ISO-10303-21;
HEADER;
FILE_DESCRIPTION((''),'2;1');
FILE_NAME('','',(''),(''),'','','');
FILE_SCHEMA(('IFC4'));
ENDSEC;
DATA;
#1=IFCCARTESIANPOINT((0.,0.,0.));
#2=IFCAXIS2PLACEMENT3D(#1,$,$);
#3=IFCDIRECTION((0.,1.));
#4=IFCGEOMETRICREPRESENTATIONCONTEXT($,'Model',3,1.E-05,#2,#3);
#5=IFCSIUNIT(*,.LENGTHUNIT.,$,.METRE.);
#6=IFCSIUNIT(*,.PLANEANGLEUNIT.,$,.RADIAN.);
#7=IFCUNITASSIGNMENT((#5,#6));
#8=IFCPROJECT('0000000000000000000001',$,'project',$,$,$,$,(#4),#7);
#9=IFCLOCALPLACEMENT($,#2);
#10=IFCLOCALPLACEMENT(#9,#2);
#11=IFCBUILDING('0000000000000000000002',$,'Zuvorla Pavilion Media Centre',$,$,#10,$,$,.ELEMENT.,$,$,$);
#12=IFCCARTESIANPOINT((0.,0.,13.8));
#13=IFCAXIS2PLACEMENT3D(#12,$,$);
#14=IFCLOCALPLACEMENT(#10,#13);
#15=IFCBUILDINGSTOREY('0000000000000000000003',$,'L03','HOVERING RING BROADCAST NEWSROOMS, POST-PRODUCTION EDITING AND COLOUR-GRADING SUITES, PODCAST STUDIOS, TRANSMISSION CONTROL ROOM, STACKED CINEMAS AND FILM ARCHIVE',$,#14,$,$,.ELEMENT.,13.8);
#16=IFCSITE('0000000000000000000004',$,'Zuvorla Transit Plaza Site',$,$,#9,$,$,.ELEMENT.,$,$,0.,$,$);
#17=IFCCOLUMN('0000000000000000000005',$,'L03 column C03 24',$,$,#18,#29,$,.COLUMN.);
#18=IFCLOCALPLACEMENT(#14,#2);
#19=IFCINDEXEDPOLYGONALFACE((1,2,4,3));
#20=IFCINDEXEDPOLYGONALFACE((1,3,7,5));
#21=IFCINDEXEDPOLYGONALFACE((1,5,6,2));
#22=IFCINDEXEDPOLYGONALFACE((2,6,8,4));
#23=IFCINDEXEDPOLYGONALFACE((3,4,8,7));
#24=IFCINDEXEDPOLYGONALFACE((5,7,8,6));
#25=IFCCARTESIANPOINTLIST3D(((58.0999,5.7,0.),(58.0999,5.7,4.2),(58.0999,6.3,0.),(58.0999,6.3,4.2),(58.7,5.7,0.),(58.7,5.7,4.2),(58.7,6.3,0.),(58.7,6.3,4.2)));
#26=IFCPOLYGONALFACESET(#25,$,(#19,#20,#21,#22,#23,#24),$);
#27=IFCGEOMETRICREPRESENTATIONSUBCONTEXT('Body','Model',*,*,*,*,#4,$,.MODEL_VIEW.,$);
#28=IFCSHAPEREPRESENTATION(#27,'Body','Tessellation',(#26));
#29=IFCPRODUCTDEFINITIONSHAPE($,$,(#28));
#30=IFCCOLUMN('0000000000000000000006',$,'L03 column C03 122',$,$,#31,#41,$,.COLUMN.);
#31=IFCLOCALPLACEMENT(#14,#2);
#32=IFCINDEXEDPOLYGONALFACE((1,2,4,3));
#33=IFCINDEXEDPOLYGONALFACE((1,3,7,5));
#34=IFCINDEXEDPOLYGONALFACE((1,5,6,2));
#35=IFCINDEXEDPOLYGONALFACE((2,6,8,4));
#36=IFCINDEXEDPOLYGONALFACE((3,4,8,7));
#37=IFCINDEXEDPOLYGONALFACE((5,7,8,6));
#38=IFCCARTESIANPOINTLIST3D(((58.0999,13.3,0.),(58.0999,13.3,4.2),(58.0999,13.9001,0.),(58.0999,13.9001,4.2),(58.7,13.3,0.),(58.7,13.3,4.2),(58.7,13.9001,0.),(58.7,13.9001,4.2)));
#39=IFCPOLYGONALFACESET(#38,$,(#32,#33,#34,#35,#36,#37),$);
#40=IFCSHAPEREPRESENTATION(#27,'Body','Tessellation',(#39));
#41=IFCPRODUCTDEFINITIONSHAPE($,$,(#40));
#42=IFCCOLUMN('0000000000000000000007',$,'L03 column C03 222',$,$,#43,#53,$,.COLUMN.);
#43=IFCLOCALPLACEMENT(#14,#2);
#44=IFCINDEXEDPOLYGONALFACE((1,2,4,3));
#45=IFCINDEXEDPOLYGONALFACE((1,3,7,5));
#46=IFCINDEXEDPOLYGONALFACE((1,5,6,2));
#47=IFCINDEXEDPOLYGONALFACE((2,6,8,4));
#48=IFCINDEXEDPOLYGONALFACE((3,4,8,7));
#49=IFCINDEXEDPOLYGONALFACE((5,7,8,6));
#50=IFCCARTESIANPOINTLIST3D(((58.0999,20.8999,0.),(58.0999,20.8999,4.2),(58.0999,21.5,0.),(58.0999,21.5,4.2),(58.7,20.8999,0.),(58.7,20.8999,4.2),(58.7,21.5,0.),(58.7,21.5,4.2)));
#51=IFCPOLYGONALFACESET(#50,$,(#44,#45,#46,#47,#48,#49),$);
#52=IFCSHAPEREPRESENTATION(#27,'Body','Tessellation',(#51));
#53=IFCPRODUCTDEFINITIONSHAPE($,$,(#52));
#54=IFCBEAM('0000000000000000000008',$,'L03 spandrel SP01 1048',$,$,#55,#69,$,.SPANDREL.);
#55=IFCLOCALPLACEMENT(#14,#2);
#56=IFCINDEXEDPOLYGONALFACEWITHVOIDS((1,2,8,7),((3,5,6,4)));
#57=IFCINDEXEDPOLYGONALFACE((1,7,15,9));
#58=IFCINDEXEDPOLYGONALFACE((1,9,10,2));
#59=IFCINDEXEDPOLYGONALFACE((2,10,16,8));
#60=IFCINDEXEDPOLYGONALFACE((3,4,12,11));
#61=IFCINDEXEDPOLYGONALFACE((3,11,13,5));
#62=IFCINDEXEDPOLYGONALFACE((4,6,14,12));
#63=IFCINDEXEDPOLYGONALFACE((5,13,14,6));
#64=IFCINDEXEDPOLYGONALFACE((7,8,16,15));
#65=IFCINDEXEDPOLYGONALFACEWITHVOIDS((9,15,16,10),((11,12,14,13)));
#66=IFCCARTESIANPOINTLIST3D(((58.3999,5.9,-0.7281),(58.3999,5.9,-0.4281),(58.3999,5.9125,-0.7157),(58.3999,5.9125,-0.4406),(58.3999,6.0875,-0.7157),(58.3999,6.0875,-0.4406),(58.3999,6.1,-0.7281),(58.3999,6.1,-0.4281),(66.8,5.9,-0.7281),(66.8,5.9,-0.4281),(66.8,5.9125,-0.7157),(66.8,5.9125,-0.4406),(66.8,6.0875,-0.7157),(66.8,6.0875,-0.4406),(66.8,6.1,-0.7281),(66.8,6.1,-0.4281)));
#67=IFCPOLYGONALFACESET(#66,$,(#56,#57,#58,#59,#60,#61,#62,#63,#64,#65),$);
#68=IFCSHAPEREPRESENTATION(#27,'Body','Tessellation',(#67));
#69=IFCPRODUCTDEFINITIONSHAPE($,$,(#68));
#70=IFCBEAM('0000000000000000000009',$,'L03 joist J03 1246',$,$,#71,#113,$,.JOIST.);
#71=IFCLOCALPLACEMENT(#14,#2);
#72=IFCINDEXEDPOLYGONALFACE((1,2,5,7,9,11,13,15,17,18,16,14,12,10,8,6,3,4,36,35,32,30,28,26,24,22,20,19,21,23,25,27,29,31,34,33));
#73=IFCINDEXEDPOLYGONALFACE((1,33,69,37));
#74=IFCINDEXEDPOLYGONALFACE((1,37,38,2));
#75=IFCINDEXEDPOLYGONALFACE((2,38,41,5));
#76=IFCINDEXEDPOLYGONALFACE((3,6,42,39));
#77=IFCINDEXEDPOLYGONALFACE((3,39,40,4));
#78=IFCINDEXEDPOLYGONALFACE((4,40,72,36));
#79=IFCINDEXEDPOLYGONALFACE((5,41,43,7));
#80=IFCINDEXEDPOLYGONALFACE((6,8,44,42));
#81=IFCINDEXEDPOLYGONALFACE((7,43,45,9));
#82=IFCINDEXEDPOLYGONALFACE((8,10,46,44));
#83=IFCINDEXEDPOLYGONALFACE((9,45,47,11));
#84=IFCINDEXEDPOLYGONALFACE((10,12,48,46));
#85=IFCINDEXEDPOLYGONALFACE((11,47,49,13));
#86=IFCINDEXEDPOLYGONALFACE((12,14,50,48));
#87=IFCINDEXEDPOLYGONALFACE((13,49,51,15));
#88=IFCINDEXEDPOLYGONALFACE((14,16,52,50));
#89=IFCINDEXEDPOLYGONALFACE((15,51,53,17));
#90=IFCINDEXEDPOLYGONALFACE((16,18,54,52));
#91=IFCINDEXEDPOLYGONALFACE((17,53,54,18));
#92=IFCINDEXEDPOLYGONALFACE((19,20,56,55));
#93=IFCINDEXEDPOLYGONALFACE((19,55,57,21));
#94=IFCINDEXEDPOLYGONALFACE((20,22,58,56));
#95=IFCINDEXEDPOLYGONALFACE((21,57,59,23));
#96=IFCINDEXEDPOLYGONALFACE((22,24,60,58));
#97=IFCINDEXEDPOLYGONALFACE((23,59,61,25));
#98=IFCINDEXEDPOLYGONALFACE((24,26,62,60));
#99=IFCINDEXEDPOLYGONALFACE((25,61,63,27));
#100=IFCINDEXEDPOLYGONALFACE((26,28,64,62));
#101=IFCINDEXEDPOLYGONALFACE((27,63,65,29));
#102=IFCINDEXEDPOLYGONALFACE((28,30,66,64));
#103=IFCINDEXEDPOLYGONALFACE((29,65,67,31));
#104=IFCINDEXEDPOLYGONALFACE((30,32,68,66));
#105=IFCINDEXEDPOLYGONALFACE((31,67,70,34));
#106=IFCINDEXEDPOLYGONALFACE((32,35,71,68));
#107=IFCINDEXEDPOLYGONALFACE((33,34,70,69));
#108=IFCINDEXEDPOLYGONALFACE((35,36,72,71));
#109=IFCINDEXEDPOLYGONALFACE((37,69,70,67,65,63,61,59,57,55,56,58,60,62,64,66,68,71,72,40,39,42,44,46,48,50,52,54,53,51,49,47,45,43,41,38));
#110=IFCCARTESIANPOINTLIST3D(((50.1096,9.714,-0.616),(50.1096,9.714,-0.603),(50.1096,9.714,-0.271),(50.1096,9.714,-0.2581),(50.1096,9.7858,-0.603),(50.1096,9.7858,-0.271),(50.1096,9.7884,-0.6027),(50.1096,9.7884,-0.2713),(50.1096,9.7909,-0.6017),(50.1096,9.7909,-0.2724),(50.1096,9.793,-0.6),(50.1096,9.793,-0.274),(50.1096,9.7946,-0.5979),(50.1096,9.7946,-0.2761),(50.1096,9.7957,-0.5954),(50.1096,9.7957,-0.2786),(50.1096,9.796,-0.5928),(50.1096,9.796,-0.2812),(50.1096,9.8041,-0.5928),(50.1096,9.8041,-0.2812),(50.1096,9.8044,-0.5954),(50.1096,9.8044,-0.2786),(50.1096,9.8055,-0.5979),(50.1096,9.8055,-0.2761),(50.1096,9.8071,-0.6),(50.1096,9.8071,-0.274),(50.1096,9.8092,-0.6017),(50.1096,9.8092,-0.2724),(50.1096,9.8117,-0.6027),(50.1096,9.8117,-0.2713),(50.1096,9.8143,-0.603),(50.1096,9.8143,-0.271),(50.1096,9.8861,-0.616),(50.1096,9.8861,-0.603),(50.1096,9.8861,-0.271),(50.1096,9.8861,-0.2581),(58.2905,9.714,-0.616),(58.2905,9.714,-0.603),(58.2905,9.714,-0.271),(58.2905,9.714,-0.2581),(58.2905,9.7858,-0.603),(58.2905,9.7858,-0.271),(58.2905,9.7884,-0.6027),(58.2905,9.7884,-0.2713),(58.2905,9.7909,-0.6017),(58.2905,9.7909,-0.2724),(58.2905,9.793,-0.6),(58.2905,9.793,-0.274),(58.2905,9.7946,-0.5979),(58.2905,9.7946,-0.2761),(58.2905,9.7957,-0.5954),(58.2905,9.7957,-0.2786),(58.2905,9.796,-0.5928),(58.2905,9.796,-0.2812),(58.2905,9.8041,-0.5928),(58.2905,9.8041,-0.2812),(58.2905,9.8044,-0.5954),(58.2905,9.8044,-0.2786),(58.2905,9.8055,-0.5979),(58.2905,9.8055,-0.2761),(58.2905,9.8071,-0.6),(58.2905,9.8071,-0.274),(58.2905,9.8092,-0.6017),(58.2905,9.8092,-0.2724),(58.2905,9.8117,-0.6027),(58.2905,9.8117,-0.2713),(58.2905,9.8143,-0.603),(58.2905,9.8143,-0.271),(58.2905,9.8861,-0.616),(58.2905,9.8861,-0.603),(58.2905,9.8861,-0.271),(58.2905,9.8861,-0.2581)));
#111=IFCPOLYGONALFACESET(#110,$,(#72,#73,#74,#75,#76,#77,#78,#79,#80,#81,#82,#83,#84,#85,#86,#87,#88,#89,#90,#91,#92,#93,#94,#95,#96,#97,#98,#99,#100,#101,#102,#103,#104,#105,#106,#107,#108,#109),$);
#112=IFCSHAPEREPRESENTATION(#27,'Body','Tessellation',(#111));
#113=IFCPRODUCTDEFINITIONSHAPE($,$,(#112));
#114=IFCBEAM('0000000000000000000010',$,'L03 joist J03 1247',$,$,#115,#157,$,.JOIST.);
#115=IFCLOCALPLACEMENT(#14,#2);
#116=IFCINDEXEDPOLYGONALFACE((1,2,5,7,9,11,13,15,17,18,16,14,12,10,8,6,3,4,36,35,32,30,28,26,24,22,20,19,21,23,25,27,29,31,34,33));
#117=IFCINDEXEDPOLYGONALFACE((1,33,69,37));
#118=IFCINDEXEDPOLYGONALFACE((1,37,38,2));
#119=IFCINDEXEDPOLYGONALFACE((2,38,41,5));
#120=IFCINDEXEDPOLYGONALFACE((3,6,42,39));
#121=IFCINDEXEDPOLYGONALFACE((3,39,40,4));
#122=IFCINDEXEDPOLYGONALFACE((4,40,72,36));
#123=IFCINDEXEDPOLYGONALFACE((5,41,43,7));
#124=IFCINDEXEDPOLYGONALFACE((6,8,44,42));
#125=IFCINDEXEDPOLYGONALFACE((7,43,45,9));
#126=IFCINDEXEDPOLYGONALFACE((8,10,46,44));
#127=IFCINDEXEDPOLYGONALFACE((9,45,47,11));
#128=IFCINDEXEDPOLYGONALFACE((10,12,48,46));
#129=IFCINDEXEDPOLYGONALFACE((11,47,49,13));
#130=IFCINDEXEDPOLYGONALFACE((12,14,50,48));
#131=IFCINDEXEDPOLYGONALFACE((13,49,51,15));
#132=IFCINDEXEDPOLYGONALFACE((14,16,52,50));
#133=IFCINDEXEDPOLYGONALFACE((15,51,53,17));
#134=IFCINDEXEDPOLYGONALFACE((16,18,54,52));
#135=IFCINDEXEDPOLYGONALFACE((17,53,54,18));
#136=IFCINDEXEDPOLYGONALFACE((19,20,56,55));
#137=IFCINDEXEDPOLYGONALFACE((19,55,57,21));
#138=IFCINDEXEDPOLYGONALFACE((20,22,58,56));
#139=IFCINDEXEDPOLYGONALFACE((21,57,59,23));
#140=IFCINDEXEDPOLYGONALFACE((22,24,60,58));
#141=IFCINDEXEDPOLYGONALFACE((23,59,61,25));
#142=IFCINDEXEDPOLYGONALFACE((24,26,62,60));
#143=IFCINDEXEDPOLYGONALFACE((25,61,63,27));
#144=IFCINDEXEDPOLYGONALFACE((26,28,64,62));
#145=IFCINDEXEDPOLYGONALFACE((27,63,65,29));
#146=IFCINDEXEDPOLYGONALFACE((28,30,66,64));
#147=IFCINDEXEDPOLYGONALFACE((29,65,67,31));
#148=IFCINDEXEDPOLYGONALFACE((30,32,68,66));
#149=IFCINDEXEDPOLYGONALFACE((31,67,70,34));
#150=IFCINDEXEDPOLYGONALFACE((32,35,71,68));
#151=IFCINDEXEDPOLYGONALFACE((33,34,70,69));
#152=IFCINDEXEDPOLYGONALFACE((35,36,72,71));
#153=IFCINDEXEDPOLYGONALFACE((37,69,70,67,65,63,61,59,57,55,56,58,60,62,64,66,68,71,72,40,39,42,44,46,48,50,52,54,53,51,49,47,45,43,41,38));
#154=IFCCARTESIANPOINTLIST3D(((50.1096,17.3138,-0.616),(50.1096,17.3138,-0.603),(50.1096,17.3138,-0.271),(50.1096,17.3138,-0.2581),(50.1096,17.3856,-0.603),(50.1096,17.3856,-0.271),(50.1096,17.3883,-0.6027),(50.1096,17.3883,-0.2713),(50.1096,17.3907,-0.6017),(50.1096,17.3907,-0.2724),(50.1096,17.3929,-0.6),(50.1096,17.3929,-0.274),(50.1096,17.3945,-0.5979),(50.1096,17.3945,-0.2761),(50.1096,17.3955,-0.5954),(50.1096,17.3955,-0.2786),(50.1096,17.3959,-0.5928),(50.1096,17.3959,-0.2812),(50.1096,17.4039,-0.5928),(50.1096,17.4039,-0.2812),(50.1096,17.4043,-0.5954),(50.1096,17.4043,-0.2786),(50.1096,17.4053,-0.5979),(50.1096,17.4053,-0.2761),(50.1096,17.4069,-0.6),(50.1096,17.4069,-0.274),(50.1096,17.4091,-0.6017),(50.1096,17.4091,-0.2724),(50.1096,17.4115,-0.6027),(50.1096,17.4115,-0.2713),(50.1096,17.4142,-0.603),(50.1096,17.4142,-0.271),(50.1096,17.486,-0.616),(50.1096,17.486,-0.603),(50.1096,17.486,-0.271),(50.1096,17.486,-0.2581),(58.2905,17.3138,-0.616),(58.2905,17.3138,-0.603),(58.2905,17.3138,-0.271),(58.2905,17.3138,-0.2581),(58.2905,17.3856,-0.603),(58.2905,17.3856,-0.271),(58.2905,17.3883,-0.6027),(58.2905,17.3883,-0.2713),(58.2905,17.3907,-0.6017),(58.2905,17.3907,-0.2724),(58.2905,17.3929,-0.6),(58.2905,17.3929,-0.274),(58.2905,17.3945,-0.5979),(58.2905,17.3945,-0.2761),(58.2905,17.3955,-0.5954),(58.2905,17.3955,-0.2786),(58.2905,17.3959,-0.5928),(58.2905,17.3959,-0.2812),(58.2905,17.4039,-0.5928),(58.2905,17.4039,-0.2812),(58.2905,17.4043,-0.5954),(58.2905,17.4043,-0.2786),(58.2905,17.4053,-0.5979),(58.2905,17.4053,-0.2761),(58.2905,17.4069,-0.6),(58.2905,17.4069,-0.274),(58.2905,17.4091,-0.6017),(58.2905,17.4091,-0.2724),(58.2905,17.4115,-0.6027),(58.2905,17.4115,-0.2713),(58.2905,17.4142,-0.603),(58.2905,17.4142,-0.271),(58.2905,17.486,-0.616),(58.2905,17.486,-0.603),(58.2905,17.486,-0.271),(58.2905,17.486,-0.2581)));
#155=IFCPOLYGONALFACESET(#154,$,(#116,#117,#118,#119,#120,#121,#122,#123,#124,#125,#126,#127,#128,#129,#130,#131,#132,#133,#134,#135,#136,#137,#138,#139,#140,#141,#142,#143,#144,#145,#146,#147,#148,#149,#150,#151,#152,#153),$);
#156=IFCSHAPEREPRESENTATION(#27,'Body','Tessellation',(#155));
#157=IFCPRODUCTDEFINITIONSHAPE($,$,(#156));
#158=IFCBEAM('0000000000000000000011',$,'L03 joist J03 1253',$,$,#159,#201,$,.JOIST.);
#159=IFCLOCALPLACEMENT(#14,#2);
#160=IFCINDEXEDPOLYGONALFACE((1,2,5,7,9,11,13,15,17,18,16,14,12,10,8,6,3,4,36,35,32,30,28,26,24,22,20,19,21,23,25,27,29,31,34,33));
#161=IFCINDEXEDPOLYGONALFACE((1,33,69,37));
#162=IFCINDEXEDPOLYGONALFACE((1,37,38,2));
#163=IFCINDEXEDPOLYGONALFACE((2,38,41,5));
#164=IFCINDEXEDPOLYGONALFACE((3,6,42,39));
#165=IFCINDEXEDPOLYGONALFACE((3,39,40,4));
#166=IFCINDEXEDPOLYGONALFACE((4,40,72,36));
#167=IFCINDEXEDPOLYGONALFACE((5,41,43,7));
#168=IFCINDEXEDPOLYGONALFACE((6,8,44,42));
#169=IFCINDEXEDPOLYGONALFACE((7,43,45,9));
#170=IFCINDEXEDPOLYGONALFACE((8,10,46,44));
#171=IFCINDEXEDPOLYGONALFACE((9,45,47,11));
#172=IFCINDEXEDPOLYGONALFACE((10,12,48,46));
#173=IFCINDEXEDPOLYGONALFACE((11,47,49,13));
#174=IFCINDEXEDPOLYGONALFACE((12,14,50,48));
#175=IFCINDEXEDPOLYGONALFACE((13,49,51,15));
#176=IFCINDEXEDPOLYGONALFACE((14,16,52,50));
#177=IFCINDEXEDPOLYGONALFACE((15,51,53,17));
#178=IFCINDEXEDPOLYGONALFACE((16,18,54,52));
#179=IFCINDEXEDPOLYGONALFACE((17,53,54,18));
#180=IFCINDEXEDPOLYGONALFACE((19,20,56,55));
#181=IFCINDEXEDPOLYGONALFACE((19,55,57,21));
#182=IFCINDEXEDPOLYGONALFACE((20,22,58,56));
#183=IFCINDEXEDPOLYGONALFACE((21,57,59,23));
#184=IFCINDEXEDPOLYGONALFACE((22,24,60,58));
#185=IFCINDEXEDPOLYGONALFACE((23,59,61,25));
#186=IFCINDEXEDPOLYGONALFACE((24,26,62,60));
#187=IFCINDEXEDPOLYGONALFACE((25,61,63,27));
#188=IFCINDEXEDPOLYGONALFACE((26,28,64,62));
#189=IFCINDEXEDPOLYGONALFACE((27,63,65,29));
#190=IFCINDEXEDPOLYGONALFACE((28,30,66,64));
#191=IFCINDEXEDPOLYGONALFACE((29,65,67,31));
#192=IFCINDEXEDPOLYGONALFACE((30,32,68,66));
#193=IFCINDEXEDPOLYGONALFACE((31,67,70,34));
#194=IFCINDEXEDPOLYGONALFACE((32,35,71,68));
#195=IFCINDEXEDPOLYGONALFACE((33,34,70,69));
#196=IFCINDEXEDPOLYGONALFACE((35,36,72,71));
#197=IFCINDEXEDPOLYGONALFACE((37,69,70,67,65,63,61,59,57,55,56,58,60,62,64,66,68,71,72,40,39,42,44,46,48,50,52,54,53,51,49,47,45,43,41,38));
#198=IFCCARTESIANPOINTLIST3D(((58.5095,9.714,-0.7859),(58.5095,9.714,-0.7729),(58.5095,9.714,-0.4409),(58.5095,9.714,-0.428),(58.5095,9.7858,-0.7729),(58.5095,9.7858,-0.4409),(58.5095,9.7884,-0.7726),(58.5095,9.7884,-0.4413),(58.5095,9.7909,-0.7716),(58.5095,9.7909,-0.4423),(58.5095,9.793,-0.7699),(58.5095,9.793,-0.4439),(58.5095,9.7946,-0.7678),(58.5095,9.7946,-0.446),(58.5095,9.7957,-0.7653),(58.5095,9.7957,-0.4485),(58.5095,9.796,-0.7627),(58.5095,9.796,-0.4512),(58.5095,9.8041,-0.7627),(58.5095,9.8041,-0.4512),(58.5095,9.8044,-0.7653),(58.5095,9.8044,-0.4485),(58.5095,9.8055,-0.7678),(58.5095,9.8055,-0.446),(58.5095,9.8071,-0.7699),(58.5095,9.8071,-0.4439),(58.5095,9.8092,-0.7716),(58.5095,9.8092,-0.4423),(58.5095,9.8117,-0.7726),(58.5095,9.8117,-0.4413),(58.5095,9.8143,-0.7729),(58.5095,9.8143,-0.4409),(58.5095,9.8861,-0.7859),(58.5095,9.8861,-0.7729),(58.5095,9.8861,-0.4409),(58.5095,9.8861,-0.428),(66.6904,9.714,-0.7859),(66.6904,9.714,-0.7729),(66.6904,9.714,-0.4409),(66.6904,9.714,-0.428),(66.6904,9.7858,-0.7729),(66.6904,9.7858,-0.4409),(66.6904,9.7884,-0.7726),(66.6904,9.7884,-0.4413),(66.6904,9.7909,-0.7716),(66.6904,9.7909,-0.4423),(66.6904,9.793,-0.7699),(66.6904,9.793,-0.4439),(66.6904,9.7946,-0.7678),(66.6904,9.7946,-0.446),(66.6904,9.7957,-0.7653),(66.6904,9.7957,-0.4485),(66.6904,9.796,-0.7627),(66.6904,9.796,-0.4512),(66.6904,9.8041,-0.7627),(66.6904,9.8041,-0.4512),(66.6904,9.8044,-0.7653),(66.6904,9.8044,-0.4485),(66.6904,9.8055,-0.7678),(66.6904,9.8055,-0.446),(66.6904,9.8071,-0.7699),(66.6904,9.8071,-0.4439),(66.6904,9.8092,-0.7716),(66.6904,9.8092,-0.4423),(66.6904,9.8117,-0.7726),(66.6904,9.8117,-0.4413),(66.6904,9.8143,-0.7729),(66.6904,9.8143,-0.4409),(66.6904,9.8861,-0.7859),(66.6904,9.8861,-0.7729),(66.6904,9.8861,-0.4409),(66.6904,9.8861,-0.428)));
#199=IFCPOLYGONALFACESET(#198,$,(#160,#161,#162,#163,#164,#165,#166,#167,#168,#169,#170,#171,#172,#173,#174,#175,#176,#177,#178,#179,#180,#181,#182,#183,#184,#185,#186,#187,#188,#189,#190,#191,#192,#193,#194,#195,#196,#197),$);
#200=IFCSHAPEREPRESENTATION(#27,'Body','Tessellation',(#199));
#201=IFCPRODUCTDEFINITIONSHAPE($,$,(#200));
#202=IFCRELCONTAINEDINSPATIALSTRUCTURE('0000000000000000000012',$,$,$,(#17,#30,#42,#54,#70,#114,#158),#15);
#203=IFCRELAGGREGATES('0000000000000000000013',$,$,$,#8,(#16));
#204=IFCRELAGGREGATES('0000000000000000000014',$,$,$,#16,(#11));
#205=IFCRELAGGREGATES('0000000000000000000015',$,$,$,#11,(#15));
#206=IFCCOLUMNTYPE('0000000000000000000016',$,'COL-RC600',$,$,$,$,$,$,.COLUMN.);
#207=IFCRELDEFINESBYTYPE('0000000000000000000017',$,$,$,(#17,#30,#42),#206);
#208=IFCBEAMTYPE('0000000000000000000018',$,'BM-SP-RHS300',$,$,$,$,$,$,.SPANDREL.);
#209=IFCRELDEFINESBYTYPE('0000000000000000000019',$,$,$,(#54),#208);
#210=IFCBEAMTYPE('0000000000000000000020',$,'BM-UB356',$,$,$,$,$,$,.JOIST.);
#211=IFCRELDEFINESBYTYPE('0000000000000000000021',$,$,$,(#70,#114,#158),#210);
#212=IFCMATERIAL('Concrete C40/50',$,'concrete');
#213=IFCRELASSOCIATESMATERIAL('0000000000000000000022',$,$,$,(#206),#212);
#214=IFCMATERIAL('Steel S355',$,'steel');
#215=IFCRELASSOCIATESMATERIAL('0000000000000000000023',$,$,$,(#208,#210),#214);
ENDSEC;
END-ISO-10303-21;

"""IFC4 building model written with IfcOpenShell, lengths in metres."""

from ifc_helpers import new_model, si_unit, direction, frame, origin, origin_2d, place, context, subcontext, project, spatial, rectangle, hollow_rectangle, i_section, extrude, material, material_profile, profile_set, type_object, element, save


model = new_model("IFC4")

# Units and contexts
model_context = context("Model", 3, precision=1e-05, world=origin(), true_north=direction((0.0, 1.0)))
body_context = subcontext(model_context, "Body", "Model", "MODEL_VIEW")
ifc_project = project(units=[si_unit("LENGTHUNIT", "METRE"), si_unit("PLANEANGLEUNIT", "RADIAN")], contexts=[model_context])

# Site, building, storey
site_placement = place(None, origin())
site = spatial("IfcSite", under=ifc_project, at=site_placement, Name="Zuvorla Transit Plaza Site", CompositionType="ELEMENT", RefElevation=0.0)
building_placement = place(site_placement, origin())
building = spatial("IfcBuilding", under=site, at=building_placement, Name="Zuvorla Pavilion Media Centre", CompositionType="ELEMENT")
storey_placement = place(building_placement, frame((0.0, 0.0, 13.8)))
storey = spatial("IfcBuildingStorey", under=building, at=storey_placement, Name="L03", Description="HOVERING RING BROADCAST NEWSROOMS, POST-PRODUCTION EDITING AND COLOUR-GRADING SUITES, PODCAST STUDIOS, TRANSMISSION CONTROL ROOM, STACKED CINEMAS AND FILM ARCHIVE", CompositionType="ELEMENT", Elevation=13.8)

# Columns
ifc_material_1 = material(Name="Concrete C40/50", Category="concrete")
ifc_material_profile_1 = material_profile(ifc_material_1, rectangle(XDim=0.6001, YDim=0.6001, at=origin_2d()), Name="RC 600x600")
ifc_profile_set_1 = profile_set([ifc_material_profile_1], Name="Concrete C40/50")
column_type = type_object("IfcColumnType", Name="COL-RC600", PredefinedType="COLUMN", material=ifc_profile_set_1)
for number, where, z_axis, x_axis, name in (
    (1, (58.3999, 6.0, 0.0), (0.0, 0.0, 1.0), (1.0, 0.0, 0.0), "L03 column C03 24"),
    (2, (58.3999, 13.6001, 0.0), (0.0, 0.0, 1.0), (1.0, 0.0, 0.0), "L03 column C03 122"),
    (3, (58.3999, 21.2, 0.0), (0.0, 0.0, 1.0), (1.0, 0.0, 0.0), "L03 column C03 222"),
):
    element("IfcColumn", number, at=place(storey_placement, frame(where, z_axis=z_axis, x_axis=x_axis)), inside=storey, type_object=column_type, Name=name, PredefinedType="COLUMN", context=body_context, shape_type="SweptSolid", body=[
        extrude(rectangle(XDim=0.6001, YDim=0.6001, at=origin_2d()), origin(), (0.0, 0.0, 1.0), 4.2),
    ])

# Beams
ifc_material_2 = material(Name="Steel S355", Category="steel")
ifc_material_profile_2 = material_profile(ifc_material_2, hollow_rectangle(XDim=0.2, YDim=0.3, WallThickness=0.0125, at=origin_2d()), Name="RHS 300x200x12.5")
ifc_profile_set_2 = profile_set([ifc_material_profile_2], Name="Steel S355")
beam_type_1 = type_object("IfcBeamType", Name="BM-SP-RHS300", PredefinedType="SPANDREL", material=ifc_profile_set_2)
beam_1_placement = place(storey_placement, frame((58.3999, 6.0, -0.5781), z_axis=(1.0, 0.0, 0.0), x_axis=(0.0, 1.0, 0.0)))
element("IfcBeam", 4, at=beam_1_placement, inside=storey, type_object=beam_type_1, Name="L03 spandrel SP01 1048", PredefinedType="SPANDREL", context=body_context, shape_type="SweptSolid", body=[
    extrude(hollow_rectangle(XDim=0.2, YDim=0.3, WallThickness=0.0125, at=origin_2d()), origin(), (0.0, 0.0, 1.0), 8.4001),
])
ifc_material_profile_3 = material_profile(ifc_material_2, i_section(OverallWidth=0.1721, OverallDepth=0.3579, WebThickness=0.0081, FlangeThickness=0.0129, FilletRadius=0.0103, at=origin_2d()), Name="UB 356x171x57")
ifc_profile_set_3 = profile_set([ifc_material_profile_3], Name="Steel S355")
beam_type_2 = type_object("IfcBeamType", Name="BM-UB356", PredefinedType="JOIST", material=ifc_profile_set_3)
for number, where, z_axis, x_axis, name in (
    (5, (50.1096, 9.8, -0.437), (1.0, 0.0, 0.0), (0.0, 1.0, 0.0), "L03 joist J03 1246"),
    (6, (50.1096, 17.3999, -0.437), (1.0, 0.0, 0.0), (0.0, 1.0, 0.0), "L03 joist J03 1247"),
    (7, (58.5095, 9.8, -0.6069), (1.0, 0.0, 0.0), (0.0, 1.0, 0.0), "L03 joist J03 1253"),
):
    element("IfcBeam", number, at=place(storey_placement, frame(where, z_axis=z_axis, x_axis=x_axis)), inside=storey, type_object=beam_type_2, Name=name, PredefinedType="JOIST", context=body_context, shape_type="SweptSolid", body=[
        extrude(i_section(OverallWidth=0.1721, OverallDepth=0.3579, WebThickness=0.0081, FlangeThickness=0.0129, FilletRadius=0.0103, at=origin_2d()), origin(), (0.0, 0.0, 1.0), 8.1809),
    ])

save(model, "model.ifc")
